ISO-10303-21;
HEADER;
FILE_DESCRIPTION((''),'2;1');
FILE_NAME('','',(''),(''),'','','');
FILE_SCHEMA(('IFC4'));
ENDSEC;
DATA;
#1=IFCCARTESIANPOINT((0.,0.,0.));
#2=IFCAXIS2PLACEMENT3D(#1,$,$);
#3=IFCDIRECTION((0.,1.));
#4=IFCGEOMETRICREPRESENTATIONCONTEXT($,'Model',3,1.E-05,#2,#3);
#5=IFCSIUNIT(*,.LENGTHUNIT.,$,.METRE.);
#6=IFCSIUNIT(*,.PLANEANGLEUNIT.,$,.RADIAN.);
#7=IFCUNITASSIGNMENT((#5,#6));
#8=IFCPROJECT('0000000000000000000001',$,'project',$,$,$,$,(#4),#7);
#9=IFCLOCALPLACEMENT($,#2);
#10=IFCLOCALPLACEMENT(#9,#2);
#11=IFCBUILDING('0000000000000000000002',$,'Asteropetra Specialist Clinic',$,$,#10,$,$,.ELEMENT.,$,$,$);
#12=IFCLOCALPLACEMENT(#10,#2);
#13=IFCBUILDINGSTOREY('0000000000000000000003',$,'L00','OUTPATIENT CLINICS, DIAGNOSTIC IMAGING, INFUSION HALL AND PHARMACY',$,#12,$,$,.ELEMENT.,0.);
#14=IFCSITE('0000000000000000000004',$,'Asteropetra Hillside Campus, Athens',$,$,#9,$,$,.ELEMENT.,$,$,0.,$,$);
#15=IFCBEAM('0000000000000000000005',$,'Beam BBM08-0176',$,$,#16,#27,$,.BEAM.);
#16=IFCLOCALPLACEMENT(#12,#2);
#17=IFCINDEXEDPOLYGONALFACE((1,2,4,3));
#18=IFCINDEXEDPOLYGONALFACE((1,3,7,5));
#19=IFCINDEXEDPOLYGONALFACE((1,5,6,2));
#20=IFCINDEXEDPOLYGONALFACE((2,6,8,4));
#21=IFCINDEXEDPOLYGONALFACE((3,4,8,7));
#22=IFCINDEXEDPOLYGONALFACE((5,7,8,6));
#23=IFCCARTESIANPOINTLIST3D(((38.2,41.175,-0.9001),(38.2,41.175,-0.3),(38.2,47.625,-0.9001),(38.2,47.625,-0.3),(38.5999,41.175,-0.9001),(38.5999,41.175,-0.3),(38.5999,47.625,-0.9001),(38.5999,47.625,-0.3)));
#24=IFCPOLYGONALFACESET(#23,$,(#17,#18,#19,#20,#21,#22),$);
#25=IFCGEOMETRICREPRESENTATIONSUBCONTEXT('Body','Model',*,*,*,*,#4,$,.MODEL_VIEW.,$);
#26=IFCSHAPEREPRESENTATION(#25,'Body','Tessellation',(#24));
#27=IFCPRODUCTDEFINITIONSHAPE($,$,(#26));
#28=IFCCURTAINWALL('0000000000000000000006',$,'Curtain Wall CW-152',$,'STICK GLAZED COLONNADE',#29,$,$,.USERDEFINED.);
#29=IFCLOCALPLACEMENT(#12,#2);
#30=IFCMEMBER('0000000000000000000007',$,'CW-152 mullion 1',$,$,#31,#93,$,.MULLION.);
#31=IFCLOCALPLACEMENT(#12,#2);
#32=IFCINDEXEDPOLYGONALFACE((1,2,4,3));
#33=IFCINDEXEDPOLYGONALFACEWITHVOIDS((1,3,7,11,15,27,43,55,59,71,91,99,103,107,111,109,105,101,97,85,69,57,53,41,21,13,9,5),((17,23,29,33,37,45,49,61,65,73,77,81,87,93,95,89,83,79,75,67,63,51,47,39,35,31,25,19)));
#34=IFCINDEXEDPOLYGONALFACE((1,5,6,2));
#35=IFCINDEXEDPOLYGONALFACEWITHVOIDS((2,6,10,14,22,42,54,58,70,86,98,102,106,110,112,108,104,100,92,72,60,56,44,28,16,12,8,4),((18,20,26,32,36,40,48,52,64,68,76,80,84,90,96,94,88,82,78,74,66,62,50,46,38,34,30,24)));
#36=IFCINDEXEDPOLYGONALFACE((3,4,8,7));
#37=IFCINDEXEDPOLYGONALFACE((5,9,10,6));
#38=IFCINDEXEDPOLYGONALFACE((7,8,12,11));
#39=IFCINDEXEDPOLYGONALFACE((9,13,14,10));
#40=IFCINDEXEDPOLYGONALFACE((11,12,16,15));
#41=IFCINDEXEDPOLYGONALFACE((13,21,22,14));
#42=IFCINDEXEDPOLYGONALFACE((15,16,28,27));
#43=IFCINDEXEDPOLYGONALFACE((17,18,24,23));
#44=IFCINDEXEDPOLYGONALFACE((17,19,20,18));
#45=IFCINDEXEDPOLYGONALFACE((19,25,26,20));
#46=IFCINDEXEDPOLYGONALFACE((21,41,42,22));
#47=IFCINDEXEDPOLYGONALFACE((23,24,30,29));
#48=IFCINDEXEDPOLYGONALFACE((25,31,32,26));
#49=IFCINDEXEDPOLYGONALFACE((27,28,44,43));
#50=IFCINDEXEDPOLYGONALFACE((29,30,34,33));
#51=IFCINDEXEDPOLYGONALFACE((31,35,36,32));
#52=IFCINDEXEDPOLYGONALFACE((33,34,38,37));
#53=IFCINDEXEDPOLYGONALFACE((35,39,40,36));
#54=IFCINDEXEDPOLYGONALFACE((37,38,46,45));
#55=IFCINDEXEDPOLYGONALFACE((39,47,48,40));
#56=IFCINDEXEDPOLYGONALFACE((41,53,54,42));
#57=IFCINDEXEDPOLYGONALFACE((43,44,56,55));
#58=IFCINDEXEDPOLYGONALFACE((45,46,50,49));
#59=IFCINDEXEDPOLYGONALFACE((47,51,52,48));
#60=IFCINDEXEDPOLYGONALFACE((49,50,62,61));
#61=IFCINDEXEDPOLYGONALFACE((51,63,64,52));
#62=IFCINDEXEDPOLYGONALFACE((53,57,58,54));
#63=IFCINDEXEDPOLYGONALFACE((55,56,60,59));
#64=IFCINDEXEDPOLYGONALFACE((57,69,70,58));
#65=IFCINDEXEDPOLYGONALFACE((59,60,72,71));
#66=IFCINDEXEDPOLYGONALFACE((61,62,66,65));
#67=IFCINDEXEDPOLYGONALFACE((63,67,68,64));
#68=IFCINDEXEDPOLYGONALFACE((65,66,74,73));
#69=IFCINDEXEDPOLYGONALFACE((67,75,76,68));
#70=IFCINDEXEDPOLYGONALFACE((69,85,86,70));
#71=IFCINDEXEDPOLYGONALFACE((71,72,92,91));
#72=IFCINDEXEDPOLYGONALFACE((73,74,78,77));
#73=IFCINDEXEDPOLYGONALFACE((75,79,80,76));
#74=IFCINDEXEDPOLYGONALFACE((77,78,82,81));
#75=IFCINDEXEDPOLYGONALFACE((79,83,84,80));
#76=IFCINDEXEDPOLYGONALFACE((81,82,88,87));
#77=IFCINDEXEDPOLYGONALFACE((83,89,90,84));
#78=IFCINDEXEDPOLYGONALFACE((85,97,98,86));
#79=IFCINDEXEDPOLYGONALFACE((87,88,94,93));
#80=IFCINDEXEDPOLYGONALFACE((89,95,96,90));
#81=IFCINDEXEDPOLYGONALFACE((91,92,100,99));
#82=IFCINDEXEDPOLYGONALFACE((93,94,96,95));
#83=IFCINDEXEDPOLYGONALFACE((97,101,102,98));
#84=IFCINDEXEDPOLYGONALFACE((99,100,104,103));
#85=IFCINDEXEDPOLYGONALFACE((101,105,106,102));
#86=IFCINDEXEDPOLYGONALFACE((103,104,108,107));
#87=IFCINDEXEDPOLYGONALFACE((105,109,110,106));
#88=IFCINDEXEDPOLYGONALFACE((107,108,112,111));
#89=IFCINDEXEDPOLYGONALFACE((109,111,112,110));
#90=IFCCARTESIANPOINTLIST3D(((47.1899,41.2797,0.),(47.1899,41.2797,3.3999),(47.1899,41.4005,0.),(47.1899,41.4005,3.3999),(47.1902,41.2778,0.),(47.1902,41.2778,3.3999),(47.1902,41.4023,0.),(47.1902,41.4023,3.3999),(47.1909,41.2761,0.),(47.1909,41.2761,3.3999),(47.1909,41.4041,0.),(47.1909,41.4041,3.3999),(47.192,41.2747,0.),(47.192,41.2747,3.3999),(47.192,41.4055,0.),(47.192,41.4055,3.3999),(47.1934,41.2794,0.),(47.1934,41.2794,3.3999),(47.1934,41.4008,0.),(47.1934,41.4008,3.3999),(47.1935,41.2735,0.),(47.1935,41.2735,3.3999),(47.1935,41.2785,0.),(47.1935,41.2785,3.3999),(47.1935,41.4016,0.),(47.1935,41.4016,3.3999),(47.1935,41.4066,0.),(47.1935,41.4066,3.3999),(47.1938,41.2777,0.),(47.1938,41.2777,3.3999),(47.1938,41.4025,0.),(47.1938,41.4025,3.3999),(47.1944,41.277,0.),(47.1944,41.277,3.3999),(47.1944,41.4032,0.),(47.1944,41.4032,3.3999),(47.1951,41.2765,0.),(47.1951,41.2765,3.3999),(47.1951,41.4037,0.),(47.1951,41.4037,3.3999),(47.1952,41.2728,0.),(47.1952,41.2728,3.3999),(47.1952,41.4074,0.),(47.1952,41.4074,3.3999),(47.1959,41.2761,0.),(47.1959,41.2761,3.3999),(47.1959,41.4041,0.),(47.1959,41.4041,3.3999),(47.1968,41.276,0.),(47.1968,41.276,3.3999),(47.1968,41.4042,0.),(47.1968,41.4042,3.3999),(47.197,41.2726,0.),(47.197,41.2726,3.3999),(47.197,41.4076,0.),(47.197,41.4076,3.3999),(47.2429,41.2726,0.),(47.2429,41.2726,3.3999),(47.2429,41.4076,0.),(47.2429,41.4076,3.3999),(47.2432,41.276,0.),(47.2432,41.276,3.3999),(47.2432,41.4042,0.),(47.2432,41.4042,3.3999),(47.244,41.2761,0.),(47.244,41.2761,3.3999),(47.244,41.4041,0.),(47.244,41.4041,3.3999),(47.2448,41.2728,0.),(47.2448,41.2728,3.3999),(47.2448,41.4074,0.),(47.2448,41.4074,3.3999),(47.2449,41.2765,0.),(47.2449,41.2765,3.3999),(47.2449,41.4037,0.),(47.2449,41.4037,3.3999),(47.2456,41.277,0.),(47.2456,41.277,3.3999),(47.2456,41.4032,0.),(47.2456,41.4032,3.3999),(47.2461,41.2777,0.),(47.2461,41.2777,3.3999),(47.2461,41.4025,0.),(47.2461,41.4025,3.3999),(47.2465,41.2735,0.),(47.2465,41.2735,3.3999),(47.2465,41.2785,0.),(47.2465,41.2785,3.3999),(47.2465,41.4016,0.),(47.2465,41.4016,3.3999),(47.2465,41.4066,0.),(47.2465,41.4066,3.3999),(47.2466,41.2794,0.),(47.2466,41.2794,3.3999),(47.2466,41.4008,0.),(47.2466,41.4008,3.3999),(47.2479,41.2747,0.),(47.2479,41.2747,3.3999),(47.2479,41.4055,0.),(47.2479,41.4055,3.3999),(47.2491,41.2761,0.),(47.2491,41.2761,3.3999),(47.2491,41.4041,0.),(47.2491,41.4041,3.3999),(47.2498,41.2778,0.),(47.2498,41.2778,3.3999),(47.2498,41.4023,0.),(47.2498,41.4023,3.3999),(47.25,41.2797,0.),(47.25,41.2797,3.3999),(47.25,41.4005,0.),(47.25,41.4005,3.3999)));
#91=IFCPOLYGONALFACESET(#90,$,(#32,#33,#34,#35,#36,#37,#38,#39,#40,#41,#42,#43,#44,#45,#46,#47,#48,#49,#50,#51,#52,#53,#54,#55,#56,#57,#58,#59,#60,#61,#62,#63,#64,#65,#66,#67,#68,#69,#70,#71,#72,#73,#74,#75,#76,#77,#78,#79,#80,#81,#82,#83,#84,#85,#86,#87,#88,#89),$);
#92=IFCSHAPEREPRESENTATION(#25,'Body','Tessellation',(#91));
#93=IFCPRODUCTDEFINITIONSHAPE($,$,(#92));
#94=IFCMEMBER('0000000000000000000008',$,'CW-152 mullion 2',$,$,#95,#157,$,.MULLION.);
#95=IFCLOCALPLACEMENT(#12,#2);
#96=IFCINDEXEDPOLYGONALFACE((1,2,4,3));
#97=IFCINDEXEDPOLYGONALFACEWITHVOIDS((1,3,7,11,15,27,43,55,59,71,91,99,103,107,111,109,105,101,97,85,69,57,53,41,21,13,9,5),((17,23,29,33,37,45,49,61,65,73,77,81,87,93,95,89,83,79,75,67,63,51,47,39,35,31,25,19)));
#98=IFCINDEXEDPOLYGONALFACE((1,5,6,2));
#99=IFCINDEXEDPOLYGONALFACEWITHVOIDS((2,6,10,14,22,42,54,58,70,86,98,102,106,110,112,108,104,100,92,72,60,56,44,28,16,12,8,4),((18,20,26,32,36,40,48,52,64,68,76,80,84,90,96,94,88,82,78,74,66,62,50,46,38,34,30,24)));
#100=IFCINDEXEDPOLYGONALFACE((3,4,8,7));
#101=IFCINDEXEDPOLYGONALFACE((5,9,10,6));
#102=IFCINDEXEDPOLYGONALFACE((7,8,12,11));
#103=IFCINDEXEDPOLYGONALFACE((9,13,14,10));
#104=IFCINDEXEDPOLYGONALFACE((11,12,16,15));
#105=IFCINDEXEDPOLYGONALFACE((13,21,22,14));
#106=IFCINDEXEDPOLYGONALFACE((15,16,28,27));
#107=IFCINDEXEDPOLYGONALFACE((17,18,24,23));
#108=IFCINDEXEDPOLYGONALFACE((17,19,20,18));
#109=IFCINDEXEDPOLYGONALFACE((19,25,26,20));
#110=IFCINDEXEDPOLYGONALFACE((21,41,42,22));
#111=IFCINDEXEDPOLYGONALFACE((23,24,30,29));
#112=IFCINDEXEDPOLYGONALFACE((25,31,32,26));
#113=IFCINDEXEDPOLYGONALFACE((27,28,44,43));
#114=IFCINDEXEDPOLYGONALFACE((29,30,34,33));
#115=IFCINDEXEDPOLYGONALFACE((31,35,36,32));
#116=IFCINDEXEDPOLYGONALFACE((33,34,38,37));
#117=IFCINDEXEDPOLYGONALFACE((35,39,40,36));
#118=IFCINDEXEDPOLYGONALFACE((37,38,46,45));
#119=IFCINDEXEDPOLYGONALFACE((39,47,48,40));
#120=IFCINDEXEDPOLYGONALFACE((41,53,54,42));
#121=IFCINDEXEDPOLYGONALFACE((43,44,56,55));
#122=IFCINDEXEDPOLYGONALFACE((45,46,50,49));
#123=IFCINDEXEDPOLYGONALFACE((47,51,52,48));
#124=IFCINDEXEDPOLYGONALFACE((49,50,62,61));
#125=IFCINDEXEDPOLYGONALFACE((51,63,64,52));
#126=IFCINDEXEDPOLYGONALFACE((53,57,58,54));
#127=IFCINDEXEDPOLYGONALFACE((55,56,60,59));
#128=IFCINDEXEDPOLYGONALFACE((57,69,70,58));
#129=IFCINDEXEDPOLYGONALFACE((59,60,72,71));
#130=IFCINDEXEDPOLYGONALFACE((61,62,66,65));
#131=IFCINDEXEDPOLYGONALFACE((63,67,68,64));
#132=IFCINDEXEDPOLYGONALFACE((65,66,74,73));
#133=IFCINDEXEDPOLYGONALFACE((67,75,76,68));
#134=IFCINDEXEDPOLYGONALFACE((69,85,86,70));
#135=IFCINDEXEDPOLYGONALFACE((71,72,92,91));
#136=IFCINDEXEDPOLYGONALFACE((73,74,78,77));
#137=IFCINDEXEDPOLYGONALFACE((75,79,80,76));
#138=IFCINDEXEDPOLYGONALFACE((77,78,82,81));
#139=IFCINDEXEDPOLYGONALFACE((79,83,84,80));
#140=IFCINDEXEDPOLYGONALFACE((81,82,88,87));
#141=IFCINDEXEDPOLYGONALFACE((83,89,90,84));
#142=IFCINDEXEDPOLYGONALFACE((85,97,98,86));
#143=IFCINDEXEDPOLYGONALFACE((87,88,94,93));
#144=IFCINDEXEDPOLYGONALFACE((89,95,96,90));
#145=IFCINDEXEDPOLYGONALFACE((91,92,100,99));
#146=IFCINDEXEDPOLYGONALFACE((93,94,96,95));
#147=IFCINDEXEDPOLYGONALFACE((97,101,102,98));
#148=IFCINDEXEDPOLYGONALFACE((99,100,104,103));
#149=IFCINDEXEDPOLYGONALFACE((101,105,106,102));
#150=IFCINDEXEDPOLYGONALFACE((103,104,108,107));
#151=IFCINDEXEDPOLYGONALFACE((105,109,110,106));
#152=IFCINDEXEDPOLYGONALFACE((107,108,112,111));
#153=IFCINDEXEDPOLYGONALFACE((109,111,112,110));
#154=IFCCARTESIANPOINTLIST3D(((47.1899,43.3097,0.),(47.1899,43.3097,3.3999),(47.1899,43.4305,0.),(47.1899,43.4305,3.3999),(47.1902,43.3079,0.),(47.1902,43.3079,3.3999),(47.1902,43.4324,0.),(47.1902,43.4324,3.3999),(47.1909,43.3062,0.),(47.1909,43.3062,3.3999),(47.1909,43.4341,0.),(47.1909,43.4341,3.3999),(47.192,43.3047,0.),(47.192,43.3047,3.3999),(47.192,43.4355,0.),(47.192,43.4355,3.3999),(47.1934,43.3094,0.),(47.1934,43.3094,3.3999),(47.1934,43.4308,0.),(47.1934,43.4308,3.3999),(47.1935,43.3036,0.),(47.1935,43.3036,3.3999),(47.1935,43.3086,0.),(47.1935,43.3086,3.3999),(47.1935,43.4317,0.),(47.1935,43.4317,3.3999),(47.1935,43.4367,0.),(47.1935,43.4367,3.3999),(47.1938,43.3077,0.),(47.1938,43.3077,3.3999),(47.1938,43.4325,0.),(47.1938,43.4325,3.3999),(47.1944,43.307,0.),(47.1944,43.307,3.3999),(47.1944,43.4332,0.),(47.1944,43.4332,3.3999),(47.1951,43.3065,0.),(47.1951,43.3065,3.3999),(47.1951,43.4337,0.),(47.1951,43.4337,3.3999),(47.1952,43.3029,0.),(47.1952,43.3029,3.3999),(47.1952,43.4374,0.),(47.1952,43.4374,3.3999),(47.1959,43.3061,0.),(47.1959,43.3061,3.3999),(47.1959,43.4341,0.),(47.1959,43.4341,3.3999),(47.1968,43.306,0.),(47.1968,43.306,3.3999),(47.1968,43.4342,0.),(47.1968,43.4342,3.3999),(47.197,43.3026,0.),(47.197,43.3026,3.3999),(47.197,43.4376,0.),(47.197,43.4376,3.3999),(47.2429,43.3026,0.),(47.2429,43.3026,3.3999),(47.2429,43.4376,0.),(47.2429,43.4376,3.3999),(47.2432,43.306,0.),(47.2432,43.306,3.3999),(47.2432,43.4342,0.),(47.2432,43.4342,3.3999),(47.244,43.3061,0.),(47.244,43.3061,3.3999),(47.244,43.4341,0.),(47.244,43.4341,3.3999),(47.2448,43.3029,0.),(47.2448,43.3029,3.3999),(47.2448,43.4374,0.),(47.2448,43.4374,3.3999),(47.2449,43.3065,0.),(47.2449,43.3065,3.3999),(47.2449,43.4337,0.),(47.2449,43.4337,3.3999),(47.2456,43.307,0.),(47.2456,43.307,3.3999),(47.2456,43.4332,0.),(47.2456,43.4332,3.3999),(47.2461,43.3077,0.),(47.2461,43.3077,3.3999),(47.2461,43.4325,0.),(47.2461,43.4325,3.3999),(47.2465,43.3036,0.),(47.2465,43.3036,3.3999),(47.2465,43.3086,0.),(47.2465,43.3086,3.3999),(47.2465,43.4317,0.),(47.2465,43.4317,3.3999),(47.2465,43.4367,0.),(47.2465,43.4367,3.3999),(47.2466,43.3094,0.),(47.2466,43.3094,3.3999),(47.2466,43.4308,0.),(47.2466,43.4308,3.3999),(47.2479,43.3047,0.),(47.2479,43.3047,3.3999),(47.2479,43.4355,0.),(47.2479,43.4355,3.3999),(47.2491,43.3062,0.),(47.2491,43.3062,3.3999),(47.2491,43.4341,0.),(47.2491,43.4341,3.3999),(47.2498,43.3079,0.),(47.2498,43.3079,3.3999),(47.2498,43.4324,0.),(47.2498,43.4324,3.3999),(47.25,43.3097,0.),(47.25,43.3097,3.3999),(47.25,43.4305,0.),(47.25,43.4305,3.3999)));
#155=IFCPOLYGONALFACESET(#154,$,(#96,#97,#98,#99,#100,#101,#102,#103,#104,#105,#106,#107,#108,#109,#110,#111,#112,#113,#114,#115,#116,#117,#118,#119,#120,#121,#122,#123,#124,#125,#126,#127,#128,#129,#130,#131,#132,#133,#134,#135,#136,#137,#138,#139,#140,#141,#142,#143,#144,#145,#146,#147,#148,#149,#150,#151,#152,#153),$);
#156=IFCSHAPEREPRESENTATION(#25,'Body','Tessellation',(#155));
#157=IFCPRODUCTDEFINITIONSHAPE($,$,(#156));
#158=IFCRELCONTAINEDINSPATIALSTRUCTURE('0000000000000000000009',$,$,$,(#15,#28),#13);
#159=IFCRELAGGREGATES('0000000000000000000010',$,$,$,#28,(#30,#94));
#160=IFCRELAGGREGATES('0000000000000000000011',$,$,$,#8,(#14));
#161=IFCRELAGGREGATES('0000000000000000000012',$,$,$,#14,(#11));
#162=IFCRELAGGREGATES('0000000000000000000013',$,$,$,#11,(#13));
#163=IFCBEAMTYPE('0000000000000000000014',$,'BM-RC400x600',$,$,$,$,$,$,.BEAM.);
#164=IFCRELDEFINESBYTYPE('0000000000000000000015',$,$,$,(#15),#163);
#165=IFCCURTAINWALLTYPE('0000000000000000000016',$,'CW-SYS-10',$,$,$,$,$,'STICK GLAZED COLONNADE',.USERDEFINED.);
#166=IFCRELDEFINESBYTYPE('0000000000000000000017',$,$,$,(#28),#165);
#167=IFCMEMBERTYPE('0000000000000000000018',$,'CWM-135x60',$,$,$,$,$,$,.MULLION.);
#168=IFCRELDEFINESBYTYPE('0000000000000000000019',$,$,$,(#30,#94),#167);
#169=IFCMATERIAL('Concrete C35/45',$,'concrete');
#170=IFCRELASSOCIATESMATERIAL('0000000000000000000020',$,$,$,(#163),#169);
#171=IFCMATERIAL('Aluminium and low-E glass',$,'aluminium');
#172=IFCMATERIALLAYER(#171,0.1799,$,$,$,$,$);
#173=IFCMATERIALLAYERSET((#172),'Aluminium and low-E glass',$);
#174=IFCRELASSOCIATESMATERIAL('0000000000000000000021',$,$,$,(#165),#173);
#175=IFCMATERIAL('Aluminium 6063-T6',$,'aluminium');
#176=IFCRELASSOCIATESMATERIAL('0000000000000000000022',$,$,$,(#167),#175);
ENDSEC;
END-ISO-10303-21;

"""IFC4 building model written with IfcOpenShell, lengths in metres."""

from ifc_helpers import new_model, si_unit, direction, frame, origin, origin_2d, place, context, subcontext, project, spatial, rectangle, hollow_rectangle, extrude, material, layer, layer_set, material_profile, profile_set, type_object, element, aggregate, save


model = new_model("IFC4")

# Units and contexts
model_context = context("Model", 3, precision=1e-05, world=origin(), true_north=direction((0.0, 1.0)))
body_context = subcontext(model_context, "Body", "Model", "MODEL_VIEW")
ifc_project = project(units=[si_unit("LENGTHUNIT", "METRE"), si_unit("PLANEANGLEUNIT", "RADIAN")], contexts=[model_context])

# Site, building, storey
site_placement = place(None, origin())
site = spatial("IfcSite", under=ifc_project, at=site_placement, Name="Asteropetra Hillside Campus, Athens", CompositionType="ELEMENT", RefElevation=0.0)
building_placement = place(site_placement, origin())
building = spatial("IfcBuilding", under=site, at=building_placement, Name="Asteropetra Specialist Clinic", CompositionType="ELEMENT")
storey_placement = place(building_placement, origin())
storey = spatial("IfcBuildingStorey", under=building, at=storey_placement, Name="L00", Description="OUTPATIENT CLINICS, DIAGNOSTIC IMAGING, INFUSION HALL AND PHARMACY", CompositionType="ELEMENT", Elevation=0.0)

# Beam
ifc_material_1 = material(Name="Concrete C35/45", Category="concrete")
ifc_material_profile_1 = material_profile(ifc_material_1, rectangle(XDim=0.3999, YDim=0.6001, at=origin_2d()), Name="RCB 400x600")
ifc_profile_set_1 = profile_set([ifc_material_profile_1], Name="Concrete C35/45")
beam_type_1 = type_object("IfcBeamType", Name="BM-RC400x600", PredefinedType="BEAM", material=ifc_profile_set_1)
beam_1_placement = place(storey_placement, frame((38.3999, 41.175, -0.6001), z_axis=(0.0, 1.0, 0.0), x_axis=(-1.0, 0.0, 0.0)))
element("IfcBeam", 1, at=beam_1_placement, inside=storey, type_object=beam_type_1, Name="Beam BBM08-0176", PredefinedType="BEAM", context=body_context, shape_type="SweptSolid", body=[
    extrude(rectangle(XDim=0.3999, YDim=0.6001, at=origin_2d()), origin(), (0.0, 0.0, 1.0), 6.45),
])

# Curtain wall, members
ifc_material_2 = material(Name="Aluminium and low-E glass", Category="aluminium")
ifc_layer_1 = layer(ifc_material_2, 0.1799)
ifc_layer_set_1 = layer_set([ifc_layer_1], Name="Aluminium and low-E glass")
curtain_wall_type = type_object("IfcCurtainWallType", Name="CW-SYS-10", ElementType="STICK GLAZED COLONNADE", PredefinedType="USERDEFINED", material=ifc_layer_set_1)
curtain_wall_placement = place(storey_placement, origin())
curtain_wall = element("IfcCurtainWall", 2, at=curtain_wall_placement, inside=storey, type_object=curtain_wall_type, Name="Curtain Wall CW-152", ObjectType="STICK GLAZED COLONNADE", PredefinedType="USERDEFINED")
ifc_material_3 = material(Name="Aluminium 6063-T6", Category="aluminium")
ifc_material_profile_2 = material_profile(ifc_material_3, hollow_rectangle(XDim=0.0601, YDim=0.135, WallThickness=0.0034, InnerFilletRadius=0.0034, OuterFilletRadius=0.0071, at=origin_2d()), Name="MUL 135x60x3.5")
ifc_profile_set_2 = profile_set([ifc_material_profile_2], Name="Aluminium 6063-T6")
member_type_1 = type_object("IfcMemberType", Name="CWM-135x60", PredefinedType="MULLION", material=ifc_profile_set_2)
member_1_placement = place(storey_placement, frame((47.22, 41.3401, 0.0), z_axis=(0.0, 0.0, 1.0), x_axis=(-1.0, 0.0, 0.0)))
member_1 = element("IfcMember", 3, at=member_1_placement, type_object=member_type_1, Name="CW-152 mullion 1", PredefinedType="MULLION", context=body_context, shape_type="SweptSolid", body=[
    extrude(hollow_rectangle(XDim=0.0601, YDim=0.135, WallThickness=0.0034, InnerFilletRadius=0.0034, OuterFilletRadius=0.0071, at=origin_2d()), origin(), (0.0, 0.0, 1.0), 3.3999),
])
member_2_placement = place(storey_placement, frame((47.22, 43.3701, 0.0), z_axis=(0.0, 0.0, 1.0), x_axis=(-1.0, 0.0, 0.0)))
member_2 = element("IfcMember", 4, at=member_2_placement, type_object=member_type_1, Name="CW-152 mullion 2", PredefinedType="MULLION", context=body_context, shape_type="SweptSolid", body=[
    extrude(hollow_rectangle(XDim=0.0601, YDim=0.135, WallThickness=0.0034, InnerFilletRadius=0.0034, OuterFilletRadius=0.0071, at=origin_2d()), origin(), (0.0, 0.0, 1.0), 3.3999),
])

aggregate(curtain_wall, [member_1, member_2])

save(model, "model.ifc")
